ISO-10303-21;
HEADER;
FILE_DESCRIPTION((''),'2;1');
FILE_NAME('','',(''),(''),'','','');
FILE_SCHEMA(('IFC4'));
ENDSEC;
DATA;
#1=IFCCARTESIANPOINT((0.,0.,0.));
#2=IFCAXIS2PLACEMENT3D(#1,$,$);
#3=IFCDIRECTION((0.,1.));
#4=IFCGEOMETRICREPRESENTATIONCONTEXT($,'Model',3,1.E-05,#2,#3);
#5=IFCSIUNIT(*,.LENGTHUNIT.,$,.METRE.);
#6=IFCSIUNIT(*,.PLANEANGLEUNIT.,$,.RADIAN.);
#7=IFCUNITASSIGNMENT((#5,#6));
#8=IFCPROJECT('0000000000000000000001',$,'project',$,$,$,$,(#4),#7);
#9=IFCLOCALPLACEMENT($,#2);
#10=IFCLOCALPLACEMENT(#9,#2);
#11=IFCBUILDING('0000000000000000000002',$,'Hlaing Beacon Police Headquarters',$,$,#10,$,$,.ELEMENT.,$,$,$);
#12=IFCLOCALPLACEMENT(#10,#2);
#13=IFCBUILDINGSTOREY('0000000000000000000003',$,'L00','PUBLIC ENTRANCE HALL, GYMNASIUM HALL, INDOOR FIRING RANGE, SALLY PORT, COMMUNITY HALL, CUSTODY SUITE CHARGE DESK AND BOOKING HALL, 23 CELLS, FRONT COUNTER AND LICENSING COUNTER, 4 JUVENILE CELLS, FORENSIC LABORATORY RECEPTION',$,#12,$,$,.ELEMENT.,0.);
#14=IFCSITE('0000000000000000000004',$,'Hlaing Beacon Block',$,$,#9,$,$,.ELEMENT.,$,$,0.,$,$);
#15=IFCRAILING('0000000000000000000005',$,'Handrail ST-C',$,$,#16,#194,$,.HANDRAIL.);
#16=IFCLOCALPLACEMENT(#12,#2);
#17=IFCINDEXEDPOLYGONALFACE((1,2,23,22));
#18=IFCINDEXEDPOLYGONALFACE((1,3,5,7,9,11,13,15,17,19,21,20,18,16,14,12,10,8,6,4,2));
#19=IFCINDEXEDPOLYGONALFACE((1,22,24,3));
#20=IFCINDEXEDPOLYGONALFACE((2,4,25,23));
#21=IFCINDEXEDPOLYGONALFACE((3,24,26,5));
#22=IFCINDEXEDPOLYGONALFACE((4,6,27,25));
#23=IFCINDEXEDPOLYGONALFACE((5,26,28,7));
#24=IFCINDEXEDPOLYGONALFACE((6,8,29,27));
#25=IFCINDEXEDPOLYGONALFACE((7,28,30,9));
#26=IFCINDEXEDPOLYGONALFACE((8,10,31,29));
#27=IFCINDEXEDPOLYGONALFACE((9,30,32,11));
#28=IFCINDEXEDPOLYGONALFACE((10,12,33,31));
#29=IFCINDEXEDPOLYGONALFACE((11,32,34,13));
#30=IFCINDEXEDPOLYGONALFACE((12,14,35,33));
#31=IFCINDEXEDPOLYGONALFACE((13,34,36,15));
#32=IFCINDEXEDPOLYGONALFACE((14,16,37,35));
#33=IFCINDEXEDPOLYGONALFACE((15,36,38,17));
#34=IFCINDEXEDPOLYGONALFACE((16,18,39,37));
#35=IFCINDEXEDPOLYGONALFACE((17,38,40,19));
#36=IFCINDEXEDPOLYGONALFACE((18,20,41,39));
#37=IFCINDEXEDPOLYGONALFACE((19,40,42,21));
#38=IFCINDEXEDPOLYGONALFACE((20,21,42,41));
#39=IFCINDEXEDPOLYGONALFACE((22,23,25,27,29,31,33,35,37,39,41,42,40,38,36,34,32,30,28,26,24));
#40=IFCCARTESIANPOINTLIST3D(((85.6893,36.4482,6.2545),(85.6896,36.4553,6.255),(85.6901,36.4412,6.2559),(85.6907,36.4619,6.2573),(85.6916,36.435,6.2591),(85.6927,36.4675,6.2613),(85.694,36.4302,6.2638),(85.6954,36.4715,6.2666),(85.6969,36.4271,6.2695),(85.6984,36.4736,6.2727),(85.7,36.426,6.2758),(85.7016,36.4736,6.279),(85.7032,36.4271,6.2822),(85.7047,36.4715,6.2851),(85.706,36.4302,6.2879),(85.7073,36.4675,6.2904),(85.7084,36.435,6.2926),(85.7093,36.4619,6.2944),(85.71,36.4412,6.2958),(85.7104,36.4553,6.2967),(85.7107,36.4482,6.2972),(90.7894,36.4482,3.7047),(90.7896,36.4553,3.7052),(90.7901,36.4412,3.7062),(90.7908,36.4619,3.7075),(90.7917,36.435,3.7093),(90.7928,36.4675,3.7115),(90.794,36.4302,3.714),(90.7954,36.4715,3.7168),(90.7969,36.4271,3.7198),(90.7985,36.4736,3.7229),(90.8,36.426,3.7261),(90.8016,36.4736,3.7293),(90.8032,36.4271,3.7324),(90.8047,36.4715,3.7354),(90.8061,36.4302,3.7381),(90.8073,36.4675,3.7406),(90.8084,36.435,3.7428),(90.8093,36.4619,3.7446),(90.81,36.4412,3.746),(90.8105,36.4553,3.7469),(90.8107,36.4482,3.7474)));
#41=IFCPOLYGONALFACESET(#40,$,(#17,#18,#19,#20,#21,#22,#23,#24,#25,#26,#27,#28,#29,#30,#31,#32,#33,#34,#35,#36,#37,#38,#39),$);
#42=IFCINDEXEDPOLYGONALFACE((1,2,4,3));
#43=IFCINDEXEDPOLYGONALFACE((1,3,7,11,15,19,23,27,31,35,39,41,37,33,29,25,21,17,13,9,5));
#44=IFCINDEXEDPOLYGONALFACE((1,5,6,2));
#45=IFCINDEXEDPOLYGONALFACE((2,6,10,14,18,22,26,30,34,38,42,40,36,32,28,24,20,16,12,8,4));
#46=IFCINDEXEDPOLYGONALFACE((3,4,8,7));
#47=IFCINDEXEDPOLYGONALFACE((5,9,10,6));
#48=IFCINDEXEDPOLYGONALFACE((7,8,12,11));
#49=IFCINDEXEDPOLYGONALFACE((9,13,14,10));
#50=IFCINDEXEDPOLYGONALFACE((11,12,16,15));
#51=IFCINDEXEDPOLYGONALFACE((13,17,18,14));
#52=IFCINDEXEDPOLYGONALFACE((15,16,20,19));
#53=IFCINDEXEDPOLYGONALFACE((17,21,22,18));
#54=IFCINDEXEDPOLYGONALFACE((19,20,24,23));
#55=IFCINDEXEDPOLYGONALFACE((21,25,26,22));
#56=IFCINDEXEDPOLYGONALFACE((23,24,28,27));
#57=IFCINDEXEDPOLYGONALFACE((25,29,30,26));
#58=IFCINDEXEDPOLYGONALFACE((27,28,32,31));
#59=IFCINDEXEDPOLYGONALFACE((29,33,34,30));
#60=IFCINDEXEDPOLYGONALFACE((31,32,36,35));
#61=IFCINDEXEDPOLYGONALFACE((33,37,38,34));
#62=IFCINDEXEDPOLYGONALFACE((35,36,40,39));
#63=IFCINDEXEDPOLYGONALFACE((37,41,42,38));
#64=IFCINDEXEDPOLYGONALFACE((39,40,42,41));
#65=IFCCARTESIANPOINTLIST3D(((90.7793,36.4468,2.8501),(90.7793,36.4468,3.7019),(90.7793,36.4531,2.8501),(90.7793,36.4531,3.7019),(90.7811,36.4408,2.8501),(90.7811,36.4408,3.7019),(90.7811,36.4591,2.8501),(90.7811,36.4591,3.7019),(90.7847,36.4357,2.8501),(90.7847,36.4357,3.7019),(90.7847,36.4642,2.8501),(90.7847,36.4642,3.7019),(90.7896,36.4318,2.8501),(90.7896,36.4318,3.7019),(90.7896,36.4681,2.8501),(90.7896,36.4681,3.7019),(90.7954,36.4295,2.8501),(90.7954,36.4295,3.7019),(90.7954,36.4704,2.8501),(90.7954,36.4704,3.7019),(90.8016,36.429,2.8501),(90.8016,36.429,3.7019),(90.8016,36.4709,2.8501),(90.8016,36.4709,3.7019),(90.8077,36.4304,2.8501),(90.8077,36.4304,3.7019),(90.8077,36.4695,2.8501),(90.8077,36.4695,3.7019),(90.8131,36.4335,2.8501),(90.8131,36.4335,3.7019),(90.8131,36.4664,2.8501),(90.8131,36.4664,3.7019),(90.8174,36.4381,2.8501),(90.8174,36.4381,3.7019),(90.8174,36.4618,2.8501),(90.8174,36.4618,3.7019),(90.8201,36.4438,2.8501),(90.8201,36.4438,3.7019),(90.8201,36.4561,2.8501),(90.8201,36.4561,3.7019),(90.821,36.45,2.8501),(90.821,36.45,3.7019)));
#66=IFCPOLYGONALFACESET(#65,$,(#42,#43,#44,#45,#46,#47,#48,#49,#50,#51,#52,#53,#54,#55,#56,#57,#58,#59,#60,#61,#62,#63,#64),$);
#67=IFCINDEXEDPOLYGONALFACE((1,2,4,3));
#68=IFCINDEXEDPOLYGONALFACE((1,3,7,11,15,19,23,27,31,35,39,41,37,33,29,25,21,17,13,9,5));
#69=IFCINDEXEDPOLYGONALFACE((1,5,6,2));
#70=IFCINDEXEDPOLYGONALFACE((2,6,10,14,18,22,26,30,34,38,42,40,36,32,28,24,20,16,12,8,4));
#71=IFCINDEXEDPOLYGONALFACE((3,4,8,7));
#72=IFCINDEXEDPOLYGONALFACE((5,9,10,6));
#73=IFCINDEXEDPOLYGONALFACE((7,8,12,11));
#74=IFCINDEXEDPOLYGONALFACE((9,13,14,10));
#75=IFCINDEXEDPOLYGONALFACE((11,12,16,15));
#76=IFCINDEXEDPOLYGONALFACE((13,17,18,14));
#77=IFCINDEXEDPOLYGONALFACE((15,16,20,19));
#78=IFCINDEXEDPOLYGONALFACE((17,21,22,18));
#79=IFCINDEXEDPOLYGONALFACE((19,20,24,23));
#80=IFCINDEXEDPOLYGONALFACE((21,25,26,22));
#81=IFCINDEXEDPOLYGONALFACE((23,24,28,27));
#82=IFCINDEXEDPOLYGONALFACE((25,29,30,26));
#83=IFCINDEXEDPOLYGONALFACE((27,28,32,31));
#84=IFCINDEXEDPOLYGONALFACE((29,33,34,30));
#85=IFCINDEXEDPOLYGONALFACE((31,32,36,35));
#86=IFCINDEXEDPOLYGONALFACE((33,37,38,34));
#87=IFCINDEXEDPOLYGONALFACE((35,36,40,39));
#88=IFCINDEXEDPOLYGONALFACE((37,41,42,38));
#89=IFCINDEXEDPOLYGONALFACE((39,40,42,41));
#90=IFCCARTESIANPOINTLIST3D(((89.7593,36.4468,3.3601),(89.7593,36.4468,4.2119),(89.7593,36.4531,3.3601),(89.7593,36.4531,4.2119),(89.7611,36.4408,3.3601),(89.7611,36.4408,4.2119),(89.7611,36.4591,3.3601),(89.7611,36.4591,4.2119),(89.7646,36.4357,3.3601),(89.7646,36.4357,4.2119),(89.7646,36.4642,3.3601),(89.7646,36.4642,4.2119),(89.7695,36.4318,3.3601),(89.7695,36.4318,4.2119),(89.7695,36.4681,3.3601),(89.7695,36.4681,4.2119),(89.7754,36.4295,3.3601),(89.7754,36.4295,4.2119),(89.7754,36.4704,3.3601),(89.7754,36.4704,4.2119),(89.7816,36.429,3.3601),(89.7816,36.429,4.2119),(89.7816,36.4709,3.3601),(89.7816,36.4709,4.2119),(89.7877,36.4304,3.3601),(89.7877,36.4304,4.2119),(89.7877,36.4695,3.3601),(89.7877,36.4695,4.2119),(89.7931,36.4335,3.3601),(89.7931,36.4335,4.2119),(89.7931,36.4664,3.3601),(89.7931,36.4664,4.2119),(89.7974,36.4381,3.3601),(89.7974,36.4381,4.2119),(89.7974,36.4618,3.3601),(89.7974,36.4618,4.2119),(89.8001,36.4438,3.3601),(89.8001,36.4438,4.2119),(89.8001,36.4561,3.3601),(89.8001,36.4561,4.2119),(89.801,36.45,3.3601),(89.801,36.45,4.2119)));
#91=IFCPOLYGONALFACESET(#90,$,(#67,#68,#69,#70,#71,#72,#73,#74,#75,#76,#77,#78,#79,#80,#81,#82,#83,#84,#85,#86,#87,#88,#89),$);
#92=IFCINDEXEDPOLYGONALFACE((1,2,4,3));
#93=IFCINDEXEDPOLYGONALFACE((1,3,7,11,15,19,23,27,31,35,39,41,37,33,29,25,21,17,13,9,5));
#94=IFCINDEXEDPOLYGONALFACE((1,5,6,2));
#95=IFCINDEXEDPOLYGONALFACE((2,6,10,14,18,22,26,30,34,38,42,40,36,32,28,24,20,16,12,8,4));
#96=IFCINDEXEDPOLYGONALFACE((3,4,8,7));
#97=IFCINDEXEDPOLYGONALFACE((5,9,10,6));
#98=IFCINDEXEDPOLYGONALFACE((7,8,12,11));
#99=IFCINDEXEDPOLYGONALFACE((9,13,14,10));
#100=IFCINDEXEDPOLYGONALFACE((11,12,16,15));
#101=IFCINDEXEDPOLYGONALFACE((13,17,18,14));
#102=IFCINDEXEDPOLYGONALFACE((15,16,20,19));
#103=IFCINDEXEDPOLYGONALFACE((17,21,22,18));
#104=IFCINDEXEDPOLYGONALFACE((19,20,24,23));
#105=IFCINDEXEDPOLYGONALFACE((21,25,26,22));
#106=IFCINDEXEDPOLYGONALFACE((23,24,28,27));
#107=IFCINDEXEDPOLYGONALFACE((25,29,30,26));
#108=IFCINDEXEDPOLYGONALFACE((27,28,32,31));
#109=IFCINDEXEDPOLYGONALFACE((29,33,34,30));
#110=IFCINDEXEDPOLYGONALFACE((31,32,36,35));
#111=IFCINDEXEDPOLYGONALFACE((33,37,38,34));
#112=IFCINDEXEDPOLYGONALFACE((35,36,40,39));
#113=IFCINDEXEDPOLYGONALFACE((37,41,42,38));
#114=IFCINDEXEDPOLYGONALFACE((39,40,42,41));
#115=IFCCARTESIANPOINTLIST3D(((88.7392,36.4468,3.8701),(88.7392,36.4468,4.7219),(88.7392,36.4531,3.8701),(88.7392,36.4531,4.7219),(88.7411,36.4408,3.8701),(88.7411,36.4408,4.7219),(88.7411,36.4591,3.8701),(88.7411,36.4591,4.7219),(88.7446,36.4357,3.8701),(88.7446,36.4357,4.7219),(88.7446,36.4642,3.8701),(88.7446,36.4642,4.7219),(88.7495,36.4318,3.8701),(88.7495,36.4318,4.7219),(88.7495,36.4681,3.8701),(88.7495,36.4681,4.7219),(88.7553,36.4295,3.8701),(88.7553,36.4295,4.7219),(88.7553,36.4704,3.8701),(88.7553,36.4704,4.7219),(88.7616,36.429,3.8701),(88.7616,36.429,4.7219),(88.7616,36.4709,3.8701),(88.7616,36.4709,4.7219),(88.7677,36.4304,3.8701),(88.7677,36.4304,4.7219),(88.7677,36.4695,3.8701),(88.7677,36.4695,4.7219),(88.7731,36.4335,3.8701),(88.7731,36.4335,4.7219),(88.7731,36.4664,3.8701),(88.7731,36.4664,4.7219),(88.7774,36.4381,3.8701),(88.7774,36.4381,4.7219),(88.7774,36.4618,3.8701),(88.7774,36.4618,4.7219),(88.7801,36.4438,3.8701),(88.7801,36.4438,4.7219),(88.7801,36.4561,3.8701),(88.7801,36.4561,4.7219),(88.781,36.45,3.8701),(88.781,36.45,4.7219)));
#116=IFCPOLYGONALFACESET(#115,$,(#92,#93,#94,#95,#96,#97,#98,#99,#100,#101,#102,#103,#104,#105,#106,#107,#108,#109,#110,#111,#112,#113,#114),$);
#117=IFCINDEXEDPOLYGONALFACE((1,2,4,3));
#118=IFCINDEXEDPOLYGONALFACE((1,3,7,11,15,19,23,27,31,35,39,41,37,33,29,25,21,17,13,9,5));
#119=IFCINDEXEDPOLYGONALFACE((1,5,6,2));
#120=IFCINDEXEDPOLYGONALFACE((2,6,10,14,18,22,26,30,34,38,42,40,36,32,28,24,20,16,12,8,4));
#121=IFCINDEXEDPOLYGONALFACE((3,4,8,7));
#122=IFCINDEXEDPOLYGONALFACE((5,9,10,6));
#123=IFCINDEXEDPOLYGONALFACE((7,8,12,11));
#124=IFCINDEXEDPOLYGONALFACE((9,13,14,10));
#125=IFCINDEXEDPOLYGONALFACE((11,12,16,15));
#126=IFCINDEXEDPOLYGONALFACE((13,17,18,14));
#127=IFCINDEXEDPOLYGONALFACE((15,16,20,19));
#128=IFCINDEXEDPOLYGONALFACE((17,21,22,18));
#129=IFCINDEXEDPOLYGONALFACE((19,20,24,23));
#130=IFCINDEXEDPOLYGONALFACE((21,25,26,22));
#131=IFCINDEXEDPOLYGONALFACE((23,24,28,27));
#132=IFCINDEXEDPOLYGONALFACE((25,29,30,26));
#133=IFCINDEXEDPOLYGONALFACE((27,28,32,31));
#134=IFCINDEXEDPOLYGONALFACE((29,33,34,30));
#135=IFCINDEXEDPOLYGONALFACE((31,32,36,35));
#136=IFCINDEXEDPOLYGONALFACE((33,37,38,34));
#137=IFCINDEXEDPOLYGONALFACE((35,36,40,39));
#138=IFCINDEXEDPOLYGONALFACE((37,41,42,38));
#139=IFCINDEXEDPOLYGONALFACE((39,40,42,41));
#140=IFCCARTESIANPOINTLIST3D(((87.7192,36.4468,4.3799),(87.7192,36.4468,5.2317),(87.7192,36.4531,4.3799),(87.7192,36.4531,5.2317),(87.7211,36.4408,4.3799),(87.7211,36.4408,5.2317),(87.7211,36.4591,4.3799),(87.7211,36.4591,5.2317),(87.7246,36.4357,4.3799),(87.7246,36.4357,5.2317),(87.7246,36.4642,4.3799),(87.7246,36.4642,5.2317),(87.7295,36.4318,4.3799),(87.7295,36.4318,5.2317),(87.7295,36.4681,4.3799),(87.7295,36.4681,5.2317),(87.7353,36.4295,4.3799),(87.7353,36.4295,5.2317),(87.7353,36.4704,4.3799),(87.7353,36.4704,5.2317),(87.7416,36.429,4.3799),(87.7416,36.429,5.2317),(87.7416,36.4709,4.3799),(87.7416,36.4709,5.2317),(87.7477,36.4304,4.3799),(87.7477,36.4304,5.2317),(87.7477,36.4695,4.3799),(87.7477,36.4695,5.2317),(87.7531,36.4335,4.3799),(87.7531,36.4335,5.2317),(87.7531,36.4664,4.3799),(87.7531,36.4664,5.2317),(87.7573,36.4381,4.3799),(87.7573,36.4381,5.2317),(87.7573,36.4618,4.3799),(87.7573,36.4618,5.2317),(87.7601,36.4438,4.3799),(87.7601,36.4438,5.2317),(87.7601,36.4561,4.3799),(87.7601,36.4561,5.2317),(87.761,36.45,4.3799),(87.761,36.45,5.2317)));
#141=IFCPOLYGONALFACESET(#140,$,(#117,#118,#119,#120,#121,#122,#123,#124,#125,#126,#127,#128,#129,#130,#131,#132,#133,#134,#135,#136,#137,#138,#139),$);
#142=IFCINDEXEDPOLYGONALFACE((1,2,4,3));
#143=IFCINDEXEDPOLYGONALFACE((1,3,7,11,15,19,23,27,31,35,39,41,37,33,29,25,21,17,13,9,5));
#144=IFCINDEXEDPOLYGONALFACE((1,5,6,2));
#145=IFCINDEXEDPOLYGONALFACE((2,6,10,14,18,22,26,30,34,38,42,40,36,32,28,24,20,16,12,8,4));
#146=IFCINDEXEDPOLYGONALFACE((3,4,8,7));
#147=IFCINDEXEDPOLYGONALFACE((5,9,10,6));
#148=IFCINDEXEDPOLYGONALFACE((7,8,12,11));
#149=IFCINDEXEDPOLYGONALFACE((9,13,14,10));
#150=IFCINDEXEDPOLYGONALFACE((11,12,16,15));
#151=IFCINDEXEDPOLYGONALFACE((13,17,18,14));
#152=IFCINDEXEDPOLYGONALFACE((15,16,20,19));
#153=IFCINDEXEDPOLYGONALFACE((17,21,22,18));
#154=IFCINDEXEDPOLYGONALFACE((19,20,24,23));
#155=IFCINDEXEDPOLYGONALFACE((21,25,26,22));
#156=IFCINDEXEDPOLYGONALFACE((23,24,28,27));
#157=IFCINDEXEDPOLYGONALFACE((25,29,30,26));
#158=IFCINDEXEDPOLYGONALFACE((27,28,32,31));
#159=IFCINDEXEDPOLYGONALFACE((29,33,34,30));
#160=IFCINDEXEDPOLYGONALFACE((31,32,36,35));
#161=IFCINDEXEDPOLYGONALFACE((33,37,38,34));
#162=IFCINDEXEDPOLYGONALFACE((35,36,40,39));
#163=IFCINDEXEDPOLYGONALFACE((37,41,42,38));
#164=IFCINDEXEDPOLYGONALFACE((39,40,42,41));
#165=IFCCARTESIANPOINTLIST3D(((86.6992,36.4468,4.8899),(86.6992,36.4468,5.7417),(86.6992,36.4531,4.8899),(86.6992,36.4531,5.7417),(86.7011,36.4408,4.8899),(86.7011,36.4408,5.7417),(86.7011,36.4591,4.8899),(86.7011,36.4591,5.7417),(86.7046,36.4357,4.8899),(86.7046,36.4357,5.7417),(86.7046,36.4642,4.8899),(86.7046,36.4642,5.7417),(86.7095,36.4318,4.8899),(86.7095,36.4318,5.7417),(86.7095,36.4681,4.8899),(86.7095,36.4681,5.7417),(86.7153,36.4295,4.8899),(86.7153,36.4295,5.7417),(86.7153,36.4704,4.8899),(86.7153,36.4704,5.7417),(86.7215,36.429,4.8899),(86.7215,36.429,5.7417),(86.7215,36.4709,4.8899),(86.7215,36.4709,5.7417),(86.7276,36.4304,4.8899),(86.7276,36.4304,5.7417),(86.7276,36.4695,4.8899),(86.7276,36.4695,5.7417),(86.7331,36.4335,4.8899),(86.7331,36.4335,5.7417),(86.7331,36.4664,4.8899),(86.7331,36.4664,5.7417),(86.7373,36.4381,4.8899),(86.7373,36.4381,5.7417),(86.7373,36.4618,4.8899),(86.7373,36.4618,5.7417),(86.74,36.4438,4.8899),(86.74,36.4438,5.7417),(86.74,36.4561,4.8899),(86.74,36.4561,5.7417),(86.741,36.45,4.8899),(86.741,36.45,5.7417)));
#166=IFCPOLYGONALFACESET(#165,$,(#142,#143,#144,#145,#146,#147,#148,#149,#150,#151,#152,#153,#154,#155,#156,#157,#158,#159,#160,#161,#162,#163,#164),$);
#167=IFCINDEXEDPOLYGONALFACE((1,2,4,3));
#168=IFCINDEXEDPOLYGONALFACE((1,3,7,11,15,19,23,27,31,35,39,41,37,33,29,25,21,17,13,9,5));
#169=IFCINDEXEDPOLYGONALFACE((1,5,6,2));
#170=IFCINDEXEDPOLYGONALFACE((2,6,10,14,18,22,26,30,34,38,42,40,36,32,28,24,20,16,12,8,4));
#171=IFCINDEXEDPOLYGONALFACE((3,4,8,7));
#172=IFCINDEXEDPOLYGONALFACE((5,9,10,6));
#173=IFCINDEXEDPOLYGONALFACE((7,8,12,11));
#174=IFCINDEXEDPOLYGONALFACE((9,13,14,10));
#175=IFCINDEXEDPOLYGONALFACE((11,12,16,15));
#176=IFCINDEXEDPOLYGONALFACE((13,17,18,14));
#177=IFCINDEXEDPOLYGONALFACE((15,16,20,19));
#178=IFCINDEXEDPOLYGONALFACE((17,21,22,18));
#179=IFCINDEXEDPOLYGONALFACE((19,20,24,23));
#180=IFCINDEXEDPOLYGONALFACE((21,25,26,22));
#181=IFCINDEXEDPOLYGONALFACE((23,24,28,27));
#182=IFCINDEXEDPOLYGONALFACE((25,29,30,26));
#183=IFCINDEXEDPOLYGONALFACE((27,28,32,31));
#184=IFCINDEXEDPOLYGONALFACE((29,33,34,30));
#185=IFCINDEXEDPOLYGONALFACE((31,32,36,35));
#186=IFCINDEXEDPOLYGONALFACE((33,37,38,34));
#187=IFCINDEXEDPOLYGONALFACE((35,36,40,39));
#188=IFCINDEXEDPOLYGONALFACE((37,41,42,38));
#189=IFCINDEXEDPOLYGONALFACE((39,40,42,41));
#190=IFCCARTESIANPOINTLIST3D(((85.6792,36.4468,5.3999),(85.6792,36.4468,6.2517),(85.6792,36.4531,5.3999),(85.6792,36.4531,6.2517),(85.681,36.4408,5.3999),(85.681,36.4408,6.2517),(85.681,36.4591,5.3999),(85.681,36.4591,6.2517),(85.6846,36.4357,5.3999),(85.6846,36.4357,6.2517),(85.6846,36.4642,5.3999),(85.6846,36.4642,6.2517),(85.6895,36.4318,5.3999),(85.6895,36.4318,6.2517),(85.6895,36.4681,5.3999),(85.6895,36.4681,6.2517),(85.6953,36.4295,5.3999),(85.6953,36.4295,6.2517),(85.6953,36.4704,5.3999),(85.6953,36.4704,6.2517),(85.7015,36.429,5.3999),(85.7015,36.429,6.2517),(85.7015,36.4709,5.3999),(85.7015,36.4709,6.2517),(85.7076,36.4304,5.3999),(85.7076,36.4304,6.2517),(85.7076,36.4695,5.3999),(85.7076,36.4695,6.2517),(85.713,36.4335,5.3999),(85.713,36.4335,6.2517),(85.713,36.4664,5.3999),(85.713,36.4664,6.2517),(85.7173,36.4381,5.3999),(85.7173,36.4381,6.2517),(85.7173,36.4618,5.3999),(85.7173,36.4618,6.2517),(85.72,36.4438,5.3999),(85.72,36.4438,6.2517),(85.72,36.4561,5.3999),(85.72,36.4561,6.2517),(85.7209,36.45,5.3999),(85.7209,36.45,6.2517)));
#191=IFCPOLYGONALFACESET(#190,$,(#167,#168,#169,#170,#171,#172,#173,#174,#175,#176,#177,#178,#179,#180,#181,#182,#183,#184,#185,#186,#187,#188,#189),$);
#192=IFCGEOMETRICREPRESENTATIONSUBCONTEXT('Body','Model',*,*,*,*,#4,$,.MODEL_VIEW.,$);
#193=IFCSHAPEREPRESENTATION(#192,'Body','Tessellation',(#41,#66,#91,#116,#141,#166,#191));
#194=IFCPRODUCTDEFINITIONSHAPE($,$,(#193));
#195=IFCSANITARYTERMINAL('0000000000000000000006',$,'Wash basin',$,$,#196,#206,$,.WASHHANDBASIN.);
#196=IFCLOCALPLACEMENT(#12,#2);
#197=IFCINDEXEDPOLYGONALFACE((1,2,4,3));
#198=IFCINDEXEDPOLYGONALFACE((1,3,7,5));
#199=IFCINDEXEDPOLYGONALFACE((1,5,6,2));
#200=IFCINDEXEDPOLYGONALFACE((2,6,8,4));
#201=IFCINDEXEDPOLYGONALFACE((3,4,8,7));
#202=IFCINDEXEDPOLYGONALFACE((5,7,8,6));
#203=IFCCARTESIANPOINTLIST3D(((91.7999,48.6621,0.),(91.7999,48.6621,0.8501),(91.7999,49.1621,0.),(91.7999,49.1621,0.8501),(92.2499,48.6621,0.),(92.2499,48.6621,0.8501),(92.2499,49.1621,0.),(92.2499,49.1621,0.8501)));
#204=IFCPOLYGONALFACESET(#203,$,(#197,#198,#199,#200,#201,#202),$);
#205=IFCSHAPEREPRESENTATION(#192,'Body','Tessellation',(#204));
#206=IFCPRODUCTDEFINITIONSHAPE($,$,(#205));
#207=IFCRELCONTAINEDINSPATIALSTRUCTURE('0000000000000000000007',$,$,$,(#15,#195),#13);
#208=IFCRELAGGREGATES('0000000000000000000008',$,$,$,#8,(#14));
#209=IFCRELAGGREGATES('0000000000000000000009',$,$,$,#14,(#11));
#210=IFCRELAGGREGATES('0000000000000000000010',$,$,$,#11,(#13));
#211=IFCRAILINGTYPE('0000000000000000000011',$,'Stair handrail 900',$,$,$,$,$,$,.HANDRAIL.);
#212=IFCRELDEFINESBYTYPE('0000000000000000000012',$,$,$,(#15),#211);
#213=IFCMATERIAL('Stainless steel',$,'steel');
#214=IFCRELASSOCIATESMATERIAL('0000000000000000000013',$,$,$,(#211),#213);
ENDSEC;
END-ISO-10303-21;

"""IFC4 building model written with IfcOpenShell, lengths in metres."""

from ifc_helpers import new_model, si_unit, direction, frame, origin, origin_2d, place, context, subcontext, project, spatial, rectangle, circle, extrude, material, type_object, element, save


model = new_model("IFC4")

# Units and contexts
model_context = context("Model", 3, precision=1e-05, world=origin(), true_north=direction((0.0, 1.0)))
body_context = subcontext(model_context, "Body", "Model", "MODEL_VIEW")
ifc_project = project(units=[si_unit("LENGTHUNIT", "METRE"), si_unit("PLANEANGLEUNIT", "RADIAN")], contexts=[model_context])

# Site, building, storey
site_placement = place(None, origin())
site = spatial("IfcSite", under=ifc_project, at=site_placement, Name="Hlaing Beacon Block", CompositionType="ELEMENT", RefElevation=0.0)
building_placement = place(site_placement, origin())
building = spatial("IfcBuilding", under=site, at=building_placement, Name="Hlaing Beacon Police Headquarters", CompositionType="ELEMENT")
storey_placement = place(building_placement, origin())
storey = spatial("IfcBuildingStorey", under=building, at=storey_placement, Name="L00", Description="PUBLIC ENTRANCE HALL, GYMNASIUM HALL, INDOOR FIRING RANGE, SALLY PORT, COMMUNITY HALL, CUSTODY SUITE CHARGE DESK AND BOOKING HALL, 23 CELLS, FRONT COUNTER AND LICENSING COUNTER, 4 JUVENILE CELLS, FORENSIC LABORATORY RECEPTION", CompositionType="ELEMENT", Elevation=0.0)

# Railing
ifc_material_1 = material(Name="Stainless steel", Category="steel")
railing_type = type_object("IfcRailingType", Name="Stair handrail 900", PredefinedType="HANDRAIL", material=ifc_material_1)
for number, where, name in (
    (1, (90.8, 36.45, 2.8501), "Handrail ST-C"),
):
    element("IfcRailing", number, at=place(storey_placement, frame(where)), inside=storey, type_object=railing_type, Name=name, PredefinedType="HANDRAIL", context=body_context, shape_type="SweptSolid", body=[
        extrude(circle(Radius=0.0239, at=origin_2d()), frame((0.0, 0.0, 0.876), z_axis=(-0.894444, 0.0, 0.447179), x_axis=(0.0, -1.0, 0.0)), (0.0, 0.0, 1.0), 5.7019),
        extrude(circle(Radius=0.021, at=origin_2d()), origin(), (0.0, 0.0, 1.0), 0.8518),
        extrude(circle(Radius=0.021, at=origin_2d()), frame((-1.02, 0.0, 0.51)), (0.0, 0.0, 1.0), 0.8518),
        extrude(circle(Radius=0.021, at=origin_2d()), frame((-2.04, 0.0, 1.02)), (0.0, 0.0, 1.0), 0.8518),
        extrude(circle(Radius=0.021, at=origin_2d()), frame((-3.0601, 0.0, 1.5298)), (0.0, 0.0, 1.0), 0.8518),
        extrude(circle(Radius=0.021, at=origin_2d()), frame((-4.0801, 0.0, 2.0398)), (0.0, 0.0, 1.0), 0.8518),
        extrude(circle(Radius=0.021, at=origin_2d()), frame((-5.1001, 0.0, 2.5498)), (0.0, 0.0, 1.0), 0.8518),
    ])

# Sanitary terminal
sanitary_terminal_placement = place(storey_placement, frame((92.0249, 48.9121, 0.0), z_axis=(0.0, 0.0, 1.0), x_axis=(1.0, 0.0, 0.0)))
element("IfcSanitaryTerminal", 2, at=sanitary_terminal_placement, inside=storey, Name="Wash basin", PredefinedType="WASHHANDBASIN", context=body_context, shape_type="SweptSolid", body=[
    extrude(rectangle(XDim=0.45, YDim=0.5, at=origin_2d()), origin(), (0.0, 0.0, 1.0), 0.8501),
])

save(model, "model.ifc")
